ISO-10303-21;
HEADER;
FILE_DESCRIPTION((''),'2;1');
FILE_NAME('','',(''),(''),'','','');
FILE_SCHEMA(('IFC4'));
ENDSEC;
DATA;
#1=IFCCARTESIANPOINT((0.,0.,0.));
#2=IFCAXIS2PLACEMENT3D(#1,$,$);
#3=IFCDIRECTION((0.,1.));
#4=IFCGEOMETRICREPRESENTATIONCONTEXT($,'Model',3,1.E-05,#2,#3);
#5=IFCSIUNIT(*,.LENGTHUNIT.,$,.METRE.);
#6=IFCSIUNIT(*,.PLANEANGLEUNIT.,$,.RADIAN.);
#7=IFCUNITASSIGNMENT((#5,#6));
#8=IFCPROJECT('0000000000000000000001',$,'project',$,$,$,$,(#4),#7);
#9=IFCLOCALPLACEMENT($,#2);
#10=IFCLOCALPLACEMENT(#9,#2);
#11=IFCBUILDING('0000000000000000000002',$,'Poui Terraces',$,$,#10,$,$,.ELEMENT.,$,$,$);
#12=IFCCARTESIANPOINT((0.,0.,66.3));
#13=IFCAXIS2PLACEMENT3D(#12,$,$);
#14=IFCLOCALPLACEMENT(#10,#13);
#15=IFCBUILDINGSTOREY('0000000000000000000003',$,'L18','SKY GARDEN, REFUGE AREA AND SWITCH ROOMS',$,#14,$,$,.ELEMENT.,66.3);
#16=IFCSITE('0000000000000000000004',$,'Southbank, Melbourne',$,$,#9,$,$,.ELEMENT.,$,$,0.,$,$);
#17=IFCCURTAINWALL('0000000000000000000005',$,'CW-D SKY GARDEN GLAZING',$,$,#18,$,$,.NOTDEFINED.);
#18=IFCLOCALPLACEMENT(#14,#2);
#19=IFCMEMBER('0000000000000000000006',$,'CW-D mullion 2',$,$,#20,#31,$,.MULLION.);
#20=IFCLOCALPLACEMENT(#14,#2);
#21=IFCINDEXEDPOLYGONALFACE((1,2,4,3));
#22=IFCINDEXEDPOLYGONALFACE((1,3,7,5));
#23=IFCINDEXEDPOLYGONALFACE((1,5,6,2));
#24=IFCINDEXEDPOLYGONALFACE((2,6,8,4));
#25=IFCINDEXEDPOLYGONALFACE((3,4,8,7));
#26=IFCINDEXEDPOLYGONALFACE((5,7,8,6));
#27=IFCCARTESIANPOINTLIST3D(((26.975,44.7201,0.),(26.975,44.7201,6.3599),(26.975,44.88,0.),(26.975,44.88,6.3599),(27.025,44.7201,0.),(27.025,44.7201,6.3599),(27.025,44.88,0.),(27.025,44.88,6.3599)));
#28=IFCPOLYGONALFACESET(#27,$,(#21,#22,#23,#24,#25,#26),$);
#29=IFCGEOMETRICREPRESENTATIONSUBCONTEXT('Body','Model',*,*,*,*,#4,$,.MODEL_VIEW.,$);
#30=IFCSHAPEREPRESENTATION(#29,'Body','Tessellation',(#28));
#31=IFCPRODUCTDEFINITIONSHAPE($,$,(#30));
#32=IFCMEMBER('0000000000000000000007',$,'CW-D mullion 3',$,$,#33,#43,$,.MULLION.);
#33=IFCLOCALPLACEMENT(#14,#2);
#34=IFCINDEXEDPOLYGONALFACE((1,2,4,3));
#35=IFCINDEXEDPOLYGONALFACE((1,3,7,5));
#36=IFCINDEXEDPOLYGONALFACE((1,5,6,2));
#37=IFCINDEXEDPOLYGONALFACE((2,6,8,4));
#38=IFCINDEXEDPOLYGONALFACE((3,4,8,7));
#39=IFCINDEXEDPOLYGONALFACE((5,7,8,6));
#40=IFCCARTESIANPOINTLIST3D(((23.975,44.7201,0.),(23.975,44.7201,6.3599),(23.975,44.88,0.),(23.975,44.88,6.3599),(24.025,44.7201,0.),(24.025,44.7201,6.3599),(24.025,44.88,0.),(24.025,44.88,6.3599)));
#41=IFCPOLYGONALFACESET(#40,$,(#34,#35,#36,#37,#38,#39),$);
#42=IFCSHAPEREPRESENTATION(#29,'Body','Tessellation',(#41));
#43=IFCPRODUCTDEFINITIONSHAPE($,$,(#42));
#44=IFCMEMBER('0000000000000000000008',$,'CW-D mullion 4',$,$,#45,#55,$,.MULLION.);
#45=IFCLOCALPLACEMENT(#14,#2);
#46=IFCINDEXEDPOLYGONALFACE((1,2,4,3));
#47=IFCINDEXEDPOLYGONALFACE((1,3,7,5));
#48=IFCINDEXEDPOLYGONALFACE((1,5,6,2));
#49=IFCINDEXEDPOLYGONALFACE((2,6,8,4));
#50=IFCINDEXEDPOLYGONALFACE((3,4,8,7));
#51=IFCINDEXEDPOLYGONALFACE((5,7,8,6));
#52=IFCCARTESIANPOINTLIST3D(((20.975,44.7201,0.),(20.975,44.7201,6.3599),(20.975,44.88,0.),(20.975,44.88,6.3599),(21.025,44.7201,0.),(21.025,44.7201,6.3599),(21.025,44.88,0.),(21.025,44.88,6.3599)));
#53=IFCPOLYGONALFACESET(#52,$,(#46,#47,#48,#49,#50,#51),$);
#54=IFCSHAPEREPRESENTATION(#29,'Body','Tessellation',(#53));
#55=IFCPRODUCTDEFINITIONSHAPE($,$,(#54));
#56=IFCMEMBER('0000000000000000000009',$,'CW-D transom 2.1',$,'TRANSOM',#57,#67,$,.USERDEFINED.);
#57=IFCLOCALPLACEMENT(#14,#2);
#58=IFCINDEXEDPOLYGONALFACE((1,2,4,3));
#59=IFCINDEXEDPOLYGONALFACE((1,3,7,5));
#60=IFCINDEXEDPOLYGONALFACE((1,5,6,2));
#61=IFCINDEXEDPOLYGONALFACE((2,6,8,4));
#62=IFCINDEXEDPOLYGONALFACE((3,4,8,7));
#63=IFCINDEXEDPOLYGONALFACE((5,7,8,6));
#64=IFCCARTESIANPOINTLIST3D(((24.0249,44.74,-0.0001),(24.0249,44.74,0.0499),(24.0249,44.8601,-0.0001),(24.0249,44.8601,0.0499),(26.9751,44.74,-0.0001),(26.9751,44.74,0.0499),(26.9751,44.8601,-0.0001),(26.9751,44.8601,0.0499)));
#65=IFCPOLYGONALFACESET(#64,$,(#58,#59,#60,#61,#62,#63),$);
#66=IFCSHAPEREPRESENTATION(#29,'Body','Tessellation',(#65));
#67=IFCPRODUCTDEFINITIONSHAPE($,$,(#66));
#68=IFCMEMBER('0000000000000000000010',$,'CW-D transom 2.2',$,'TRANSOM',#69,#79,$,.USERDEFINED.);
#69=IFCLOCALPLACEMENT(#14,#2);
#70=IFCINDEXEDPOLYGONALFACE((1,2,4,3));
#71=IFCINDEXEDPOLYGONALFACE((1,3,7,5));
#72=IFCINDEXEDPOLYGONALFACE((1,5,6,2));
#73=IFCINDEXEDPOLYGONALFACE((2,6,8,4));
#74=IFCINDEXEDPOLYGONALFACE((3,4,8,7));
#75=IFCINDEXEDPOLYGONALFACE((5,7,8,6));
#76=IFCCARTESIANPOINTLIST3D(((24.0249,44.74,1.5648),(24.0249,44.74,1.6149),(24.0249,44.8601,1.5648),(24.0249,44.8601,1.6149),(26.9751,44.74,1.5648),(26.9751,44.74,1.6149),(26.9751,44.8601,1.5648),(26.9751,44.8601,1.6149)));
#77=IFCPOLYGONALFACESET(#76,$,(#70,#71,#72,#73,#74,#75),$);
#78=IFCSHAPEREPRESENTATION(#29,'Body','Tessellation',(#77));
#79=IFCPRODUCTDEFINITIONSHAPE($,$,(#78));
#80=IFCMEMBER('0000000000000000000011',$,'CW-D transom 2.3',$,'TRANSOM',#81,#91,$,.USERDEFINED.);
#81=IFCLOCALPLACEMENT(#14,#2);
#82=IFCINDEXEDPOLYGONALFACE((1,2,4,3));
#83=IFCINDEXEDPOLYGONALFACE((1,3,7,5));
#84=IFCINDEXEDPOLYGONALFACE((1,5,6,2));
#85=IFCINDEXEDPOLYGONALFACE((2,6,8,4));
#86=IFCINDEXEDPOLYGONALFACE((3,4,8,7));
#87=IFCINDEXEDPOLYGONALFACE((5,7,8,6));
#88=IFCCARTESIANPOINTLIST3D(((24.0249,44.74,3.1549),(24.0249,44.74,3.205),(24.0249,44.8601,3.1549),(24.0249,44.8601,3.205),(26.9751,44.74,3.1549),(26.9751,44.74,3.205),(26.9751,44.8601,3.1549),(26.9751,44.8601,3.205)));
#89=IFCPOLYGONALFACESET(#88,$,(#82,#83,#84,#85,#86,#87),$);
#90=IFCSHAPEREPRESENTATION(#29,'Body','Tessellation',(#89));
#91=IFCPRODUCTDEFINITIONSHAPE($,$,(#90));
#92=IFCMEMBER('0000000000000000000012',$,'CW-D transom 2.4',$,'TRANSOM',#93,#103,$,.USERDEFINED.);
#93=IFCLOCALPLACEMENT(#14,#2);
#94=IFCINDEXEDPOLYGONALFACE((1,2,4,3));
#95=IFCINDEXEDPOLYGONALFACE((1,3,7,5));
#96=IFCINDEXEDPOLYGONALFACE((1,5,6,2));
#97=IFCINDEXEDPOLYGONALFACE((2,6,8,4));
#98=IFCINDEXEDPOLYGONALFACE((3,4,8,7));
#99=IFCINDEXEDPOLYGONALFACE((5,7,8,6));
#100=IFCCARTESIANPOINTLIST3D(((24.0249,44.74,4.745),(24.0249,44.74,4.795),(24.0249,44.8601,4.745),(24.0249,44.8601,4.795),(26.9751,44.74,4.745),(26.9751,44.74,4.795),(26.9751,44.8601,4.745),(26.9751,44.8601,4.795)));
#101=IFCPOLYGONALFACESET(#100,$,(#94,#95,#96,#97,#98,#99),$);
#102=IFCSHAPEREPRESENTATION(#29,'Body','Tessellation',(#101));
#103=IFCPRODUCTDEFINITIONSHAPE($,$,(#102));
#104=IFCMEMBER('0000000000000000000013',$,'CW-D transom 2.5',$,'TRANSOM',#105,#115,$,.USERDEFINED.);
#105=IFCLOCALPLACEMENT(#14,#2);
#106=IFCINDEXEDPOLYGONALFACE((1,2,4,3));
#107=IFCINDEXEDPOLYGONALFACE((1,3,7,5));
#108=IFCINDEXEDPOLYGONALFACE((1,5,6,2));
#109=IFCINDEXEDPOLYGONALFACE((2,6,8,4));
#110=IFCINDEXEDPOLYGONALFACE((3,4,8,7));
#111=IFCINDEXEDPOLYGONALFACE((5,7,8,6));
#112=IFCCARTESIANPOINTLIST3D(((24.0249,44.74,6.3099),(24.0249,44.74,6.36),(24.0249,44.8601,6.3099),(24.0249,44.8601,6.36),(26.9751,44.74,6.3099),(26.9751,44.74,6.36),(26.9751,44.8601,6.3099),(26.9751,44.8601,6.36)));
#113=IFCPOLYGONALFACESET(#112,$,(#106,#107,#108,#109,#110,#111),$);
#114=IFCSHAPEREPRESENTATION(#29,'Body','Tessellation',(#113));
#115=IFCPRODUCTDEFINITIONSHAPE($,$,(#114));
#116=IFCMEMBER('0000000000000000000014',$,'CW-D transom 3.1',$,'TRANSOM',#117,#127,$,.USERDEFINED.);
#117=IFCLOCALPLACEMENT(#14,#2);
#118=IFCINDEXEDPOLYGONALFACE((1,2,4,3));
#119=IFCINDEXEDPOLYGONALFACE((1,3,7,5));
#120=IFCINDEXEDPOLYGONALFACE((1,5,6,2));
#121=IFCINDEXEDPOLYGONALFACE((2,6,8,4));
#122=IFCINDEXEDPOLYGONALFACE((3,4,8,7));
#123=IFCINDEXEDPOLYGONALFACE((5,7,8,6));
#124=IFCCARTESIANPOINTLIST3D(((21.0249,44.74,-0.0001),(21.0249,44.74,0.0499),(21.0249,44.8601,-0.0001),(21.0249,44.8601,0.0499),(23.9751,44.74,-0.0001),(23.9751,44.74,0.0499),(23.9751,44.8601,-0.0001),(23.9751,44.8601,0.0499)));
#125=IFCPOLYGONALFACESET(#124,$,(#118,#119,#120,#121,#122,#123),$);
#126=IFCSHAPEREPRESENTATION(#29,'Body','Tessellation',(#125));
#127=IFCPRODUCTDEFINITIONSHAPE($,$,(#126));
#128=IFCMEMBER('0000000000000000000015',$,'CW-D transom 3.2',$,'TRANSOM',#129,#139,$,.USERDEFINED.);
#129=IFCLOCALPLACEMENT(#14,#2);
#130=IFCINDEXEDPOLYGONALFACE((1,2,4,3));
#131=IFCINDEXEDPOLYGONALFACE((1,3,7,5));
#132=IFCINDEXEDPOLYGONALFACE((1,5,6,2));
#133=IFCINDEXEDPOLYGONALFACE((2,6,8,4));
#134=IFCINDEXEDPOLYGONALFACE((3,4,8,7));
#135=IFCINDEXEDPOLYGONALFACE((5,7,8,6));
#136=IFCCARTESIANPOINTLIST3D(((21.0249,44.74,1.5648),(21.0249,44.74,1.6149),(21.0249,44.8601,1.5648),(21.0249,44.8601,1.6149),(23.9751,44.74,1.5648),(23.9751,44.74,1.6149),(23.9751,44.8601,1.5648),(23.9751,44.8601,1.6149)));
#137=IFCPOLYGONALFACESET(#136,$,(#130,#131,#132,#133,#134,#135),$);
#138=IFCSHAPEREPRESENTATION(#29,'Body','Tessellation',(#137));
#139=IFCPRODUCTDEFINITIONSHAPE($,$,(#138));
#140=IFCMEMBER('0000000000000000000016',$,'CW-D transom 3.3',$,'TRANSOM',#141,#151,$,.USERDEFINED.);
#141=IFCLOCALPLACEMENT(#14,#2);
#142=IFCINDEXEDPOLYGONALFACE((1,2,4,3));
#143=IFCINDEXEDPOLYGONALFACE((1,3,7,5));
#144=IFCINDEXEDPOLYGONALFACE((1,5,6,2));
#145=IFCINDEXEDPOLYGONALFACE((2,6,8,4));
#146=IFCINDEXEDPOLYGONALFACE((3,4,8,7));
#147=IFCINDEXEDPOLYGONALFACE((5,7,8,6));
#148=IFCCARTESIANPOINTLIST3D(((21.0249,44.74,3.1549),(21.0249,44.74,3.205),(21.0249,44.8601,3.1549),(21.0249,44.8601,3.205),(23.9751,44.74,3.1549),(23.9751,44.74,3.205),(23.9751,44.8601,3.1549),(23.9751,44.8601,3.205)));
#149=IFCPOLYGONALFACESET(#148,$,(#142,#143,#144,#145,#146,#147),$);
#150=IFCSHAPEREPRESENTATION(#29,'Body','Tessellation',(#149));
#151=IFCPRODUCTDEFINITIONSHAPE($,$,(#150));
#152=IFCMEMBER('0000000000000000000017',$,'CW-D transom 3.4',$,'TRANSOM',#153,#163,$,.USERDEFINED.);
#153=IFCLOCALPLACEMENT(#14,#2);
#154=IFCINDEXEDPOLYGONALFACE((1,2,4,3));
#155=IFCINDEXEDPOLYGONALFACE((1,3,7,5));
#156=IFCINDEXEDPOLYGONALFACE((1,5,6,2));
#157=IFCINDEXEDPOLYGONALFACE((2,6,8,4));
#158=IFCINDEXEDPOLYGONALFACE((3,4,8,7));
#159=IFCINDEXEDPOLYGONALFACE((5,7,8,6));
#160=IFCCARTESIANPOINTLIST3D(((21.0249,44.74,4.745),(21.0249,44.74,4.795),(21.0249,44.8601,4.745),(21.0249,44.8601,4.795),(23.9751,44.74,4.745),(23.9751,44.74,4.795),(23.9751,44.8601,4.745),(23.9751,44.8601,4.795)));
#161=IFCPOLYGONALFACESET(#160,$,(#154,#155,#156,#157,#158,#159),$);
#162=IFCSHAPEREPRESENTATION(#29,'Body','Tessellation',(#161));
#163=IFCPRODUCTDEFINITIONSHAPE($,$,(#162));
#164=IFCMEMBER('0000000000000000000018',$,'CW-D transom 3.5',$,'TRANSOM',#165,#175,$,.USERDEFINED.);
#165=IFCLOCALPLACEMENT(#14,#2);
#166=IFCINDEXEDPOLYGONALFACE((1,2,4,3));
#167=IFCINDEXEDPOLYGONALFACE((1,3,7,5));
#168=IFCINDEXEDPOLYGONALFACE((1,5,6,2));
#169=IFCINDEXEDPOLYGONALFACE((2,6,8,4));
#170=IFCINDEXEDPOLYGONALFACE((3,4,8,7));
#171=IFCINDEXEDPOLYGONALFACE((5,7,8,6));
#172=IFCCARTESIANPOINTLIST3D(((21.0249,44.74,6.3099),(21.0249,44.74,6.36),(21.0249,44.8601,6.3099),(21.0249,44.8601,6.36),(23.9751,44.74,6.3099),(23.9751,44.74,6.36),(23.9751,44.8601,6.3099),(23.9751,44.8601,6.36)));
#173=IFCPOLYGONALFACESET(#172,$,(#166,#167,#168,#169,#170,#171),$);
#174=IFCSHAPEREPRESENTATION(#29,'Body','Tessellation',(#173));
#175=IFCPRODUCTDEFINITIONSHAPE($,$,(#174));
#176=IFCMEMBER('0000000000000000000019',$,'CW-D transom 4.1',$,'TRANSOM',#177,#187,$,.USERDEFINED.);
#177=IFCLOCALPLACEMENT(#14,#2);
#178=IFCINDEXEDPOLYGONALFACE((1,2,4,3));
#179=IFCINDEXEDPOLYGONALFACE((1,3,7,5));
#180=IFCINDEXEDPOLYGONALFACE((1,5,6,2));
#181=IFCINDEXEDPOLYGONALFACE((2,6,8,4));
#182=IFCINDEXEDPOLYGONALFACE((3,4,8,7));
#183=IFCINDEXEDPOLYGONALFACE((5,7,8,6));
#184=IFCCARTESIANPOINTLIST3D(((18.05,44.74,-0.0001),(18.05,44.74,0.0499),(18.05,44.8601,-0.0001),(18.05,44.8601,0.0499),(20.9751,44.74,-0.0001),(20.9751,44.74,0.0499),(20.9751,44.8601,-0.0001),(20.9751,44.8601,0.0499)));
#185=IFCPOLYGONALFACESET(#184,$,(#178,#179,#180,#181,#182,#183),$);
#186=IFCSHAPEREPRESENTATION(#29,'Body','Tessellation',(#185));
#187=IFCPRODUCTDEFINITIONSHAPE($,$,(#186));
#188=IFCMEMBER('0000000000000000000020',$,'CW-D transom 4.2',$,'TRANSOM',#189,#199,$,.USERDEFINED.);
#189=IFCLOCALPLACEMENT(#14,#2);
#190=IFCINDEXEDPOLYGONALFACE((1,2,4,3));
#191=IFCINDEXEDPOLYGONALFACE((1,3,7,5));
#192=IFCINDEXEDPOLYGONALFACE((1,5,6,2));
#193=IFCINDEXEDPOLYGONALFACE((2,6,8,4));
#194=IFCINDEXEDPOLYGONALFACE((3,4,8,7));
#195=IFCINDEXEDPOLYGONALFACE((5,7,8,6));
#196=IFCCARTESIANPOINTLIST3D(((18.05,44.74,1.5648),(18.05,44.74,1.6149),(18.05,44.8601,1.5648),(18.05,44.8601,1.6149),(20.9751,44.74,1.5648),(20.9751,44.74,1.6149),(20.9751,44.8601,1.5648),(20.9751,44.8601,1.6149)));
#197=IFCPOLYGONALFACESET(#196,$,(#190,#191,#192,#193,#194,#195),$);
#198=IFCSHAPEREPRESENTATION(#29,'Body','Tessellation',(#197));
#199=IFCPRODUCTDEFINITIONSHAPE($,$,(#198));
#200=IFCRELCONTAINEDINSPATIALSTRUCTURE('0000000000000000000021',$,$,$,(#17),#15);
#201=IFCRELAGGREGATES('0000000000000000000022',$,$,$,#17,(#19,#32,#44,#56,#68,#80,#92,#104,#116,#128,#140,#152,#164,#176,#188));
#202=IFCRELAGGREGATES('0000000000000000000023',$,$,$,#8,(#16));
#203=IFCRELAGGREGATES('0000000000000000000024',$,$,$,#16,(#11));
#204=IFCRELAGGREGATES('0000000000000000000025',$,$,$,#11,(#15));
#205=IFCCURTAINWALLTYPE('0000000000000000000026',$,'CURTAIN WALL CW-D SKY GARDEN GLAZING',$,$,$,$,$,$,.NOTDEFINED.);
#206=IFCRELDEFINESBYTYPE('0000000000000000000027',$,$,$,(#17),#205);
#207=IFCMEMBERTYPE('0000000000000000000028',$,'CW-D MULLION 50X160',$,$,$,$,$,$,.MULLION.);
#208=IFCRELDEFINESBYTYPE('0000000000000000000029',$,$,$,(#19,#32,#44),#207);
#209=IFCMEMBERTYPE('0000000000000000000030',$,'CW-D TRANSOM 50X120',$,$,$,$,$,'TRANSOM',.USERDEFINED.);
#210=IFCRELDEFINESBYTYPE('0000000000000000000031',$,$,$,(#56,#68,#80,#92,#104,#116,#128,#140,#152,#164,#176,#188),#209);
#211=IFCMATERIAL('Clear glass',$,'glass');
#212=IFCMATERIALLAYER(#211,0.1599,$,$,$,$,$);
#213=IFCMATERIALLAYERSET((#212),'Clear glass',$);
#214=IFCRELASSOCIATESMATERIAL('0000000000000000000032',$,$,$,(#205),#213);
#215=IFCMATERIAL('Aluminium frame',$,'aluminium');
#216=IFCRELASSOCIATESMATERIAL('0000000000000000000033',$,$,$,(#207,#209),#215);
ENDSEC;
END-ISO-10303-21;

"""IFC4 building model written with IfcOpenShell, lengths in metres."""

from ifc_helpers import new_model, si_unit, direction, frame, origin, origin_2d, place, context, subcontext, project, spatial, rectangle, extrude, material, layer, layer_set, material_profile, profile_set, type_object, element, aggregate, save


model = new_model("IFC4")

# Units and contexts
model_context = context("Model", 3, precision=1e-05, world=origin(), true_north=direction((0.0, 1.0)))
body_context = subcontext(model_context, "Body", "Model", "MODEL_VIEW")
ifc_project = project(units=[si_unit("LENGTHUNIT", "METRE"), si_unit("PLANEANGLEUNIT", "RADIAN")], contexts=[model_context])

# Site, building, storey
site_placement = place(None, origin())
site = spatial("IfcSite", under=ifc_project, at=site_placement, Name="Southbank, Melbourne", CompositionType="ELEMENT", RefElevation=0.0)
building_placement = place(site_placement, origin())
building = spatial("IfcBuilding", under=site, at=building_placement, Name="Poui Terraces", CompositionType="ELEMENT")
storey_placement = place(building_placement, frame((0.0, 0.0, 66.3)))
storey = spatial("IfcBuildingStorey", under=building, at=storey_placement, Name="L18", Description="SKY GARDEN, REFUGE AREA AND SWITCH ROOMS", CompositionType="ELEMENT", Elevation=66.3)

# Curtain wall, members
ifc_material_1 = material(Name="Clear glass", Category="glass")
ifc_layer_1 = layer(ifc_material_1, 0.1599)
ifc_layer_set_1 = layer_set([ifc_layer_1], Name="Clear glass")
curtain_wall_type = type_object("IfcCurtainWallType", Name="CURTAIN WALL CW-D SKY GARDEN GLAZING", PredefinedType="NOTDEFINED", material=ifc_layer_set_1)
curtain_wall_placement = place(storey_placement, origin())
curtain_wall = element("IfcCurtainWall", 1, at=curtain_wall_placement, inside=storey, type_object=curtain_wall_type, Name="CW-D SKY GARDEN GLAZING", PredefinedType="NOTDEFINED")
ifc_material_2 = material(Name="Aluminium frame", Category="aluminium")
ifc_material_profile_1 = material_profile(ifc_material_2, rectangle(XDim=0.1599, YDim=0.05, at=origin_2d()), Name="CW-D MULLION 50X160")
ifc_profile_set_1 = profile_set([ifc_material_profile_1], Name="Aluminium frame")
member_type_1 = type_object("IfcMemberType", Name="CW-D MULLION 50X160", PredefinedType="MULLION", material=ifc_profile_set_1)
member_1_placement = place(storey_placement, frame((27.0, 44.8, 0.0), z_axis=(0.0, 0.0, 1.0), x_axis=(0.0, -1.0, 0.0)))
member_1 = element("IfcMember", 2, at=member_1_placement, type_object=member_type_1, Name="CW-D mullion 2", PredefinedType="MULLION", context=body_context, shape_type="SweptSolid", body=[
    extrude(rectangle(XDim=0.1599, YDim=0.05, at=origin_2d()), origin(), (0.0, 0.0, 1.0), 6.3599),
])
member_2_placement = place(storey_placement, frame((24.0, 44.8, 0.0), z_axis=(0.0, 0.0, 1.0), x_axis=(0.0, -1.0, 0.0)))
member_2 = element("IfcMember", 3, at=member_2_placement, type_object=member_type_1, Name="CW-D mullion 3", PredefinedType="MULLION", context=body_context, shape_type="SweptSolid", body=[
    extrude(rectangle(XDim=0.1599, YDim=0.05, at=origin_2d()), origin(), (0.0, 0.0, 1.0), 6.3599),
])
member_3_placement = place(storey_placement, frame((21.0, 44.8, 0.0), z_axis=(0.0, 0.0, 1.0), x_axis=(0.0, -1.0, 0.0)))
member_3 = element("IfcMember", 4, at=member_3_placement, type_object=member_type_1, Name="CW-D mullion 4", PredefinedType="MULLION", context=body_context, shape_type="SweptSolid", body=[
    extrude(rectangle(XDim=0.1599, YDim=0.05, at=origin_2d()), origin(), (0.0, 0.0, 1.0), 6.3599),
])
ifc_material_profile_2 = material_profile(ifc_material_2, rectangle(XDim=0.1201, YDim=0.05, at=origin_2d()), Name="CW-D TRANSOM 50X120")
ifc_profile_set_2 = profile_set([ifc_material_profile_2], Name="Aluminium frame")
member_type_2 = type_object("IfcMemberType", Name="CW-D TRANSOM 50X120", ElementType="TRANSOM", PredefinedType="USERDEFINED", material=ifc_profile_set_2)
member_4_placement = place(storey_placement, frame((26.9751, 44.8, 0.0249), z_axis=(-1.0, 0.0, 0.0), x_axis=(0.0, -1.0, 0.0)))
member_4 = element("IfcMember", 5, at=member_4_placement, type_object=member_type_2, Name="CW-D transom 2.1", ObjectType="TRANSOM", PredefinedType="USERDEFINED", context=body_context, shape_type="SweptSolid", body=[
    extrude(rectangle(XDim=0.1201, YDim=0.05, at=origin_2d()), origin(), (0.0, 0.0, 1.0), 2.9502),
])
member_5_placement = place(storey_placement, frame((26.9751, 44.8, 1.5898), z_axis=(-1.0, 0.0, 0.0), x_axis=(0.0, -1.0, 0.0)))
member_5 = element("IfcMember", 6, at=member_5_placement, type_object=member_type_2, Name="CW-D transom 2.2", ObjectType="TRANSOM", PredefinedType="USERDEFINED", context=body_context, shape_type="SweptSolid", body=[
    extrude(rectangle(XDim=0.1201, YDim=0.05, at=origin_2d()), origin(), (0.0, 0.0, 1.0), 2.9502),
])
member_6_placement = place(storey_placement, frame((26.9751, 44.8, 3.1799), z_axis=(-1.0, 0.0, 0.0), x_axis=(0.0, -1.0, 0.0)))
member_6 = element("IfcMember", 7, at=member_6_placement, type_object=member_type_2, Name="CW-D transom 2.3", ObjectType="TRANSOM", PredefinedType="USERDEFINED", context=body_context, shape_type="SweptSolid", body=[
    extrude(rectangle(XDim=0.1201, YDim=0.05, at=origin_2d()), origin(), (0.0, 0.0, 1.0), 2.9502),
])
member_7_placement = place(storey_placement, frame((26.9751, 44.8, 4.77), z_axis=(-1.0, 0.0, 0.0), x_axis=(0.0, -1.0, 0.0)))
member_7 = element("IfcMember", 8, at=member_7_placement, type_object=member_type_2, Name="CW-D transom 2.4", ObjectType="TRANSOM", PredefinedType="USERDEFINED", context=body_context, shape_type="SweptSolid", body=[
    extrude(rectangle(XDim=0.1201, YDim=0.05, at=origin_2d()), origin(), (0.0, 0.0, 1.0), 2.9502),
])
member_8_placement = place(storey_placement, frame((26.9751, 44.8, 6.335), z_axis=(-1.0, 0.0, 0.0), x_axis=(0.0, -1.0, 0.0)))
member_8 = element("IfcMember", 9, at=member_8_placement, type_object=member_type_2, Name="CW-D transom 2.5", ObjectType="TRANSOM", PredefinedType="USERDEFINED", context=body_context, shape_type="SweptSolid", body=[
    extrude(rectangle(XDim=0.1201, YDim=0.05, at=origin_2d()), origin(), (0.0, 0.0, 1.0), 2.9502),
])
member_9_placement = place(storey_placement, frame((23.9751, 44.8, 0.0249), z_axis=(-1.0, 0.0, 0.0), x_axis=(0.0, -1.0, 0.0)))
member_9 = element("IfcMember", 10, at=member_9_placement, type_object=member_type_2, Name="CW-D transom 3.1", ObjectType="TRANSOM", PredefinedType="USERDEFINED", context=body_context, shape_type="SweptSolid", body=[
    extrude(rectangle(XDim=0.1201, YDim=0.05, at=origin_2d()), origin(), (0.0, 0.0, 1.0), 2.9502),
])
member_10_placement = place(storey_placement, frame((23.9751, 44.8, 1.5898), z_axis=(-1.0, 0.0, 0.0), x_axis=(0.0, -1.0, 0.0)))
member_10 = element("IfcMember", 11, at=member_10_placement, type_object=member_type_2, Name="CW-D transom 3.2", ObjectType="TRANSOM", PredefinedType="USERDEFINED", context=body_context, shape_type="SweptSolid", body=[
    extrude(rectangle(XDim=0.1201, YDim=0.05, at=origin_2d()), origin(), (0.0, 0.0, 1.0), 2.9502),
])
member_11_placement = place(storey_placement, frame((23.9751, 44.8, 3.1799), z_axis=(-1.0, 0.0, 0.0), x_axis=(0.0, -1.0, 0.0)))
member_11 = element("IfcMember", 12, at=member_11_placement, type_object=member_type_2, Name="CW-D transom 3.3", ObjectType="TRANSOM", PredefinedType="USERDEFINED", context=body_context, shape_type="SweptSolid", body=[
    extrude(rectangle(XDim=0.1201, YDim=0.05, at=origin_2d()), origin(), (0.0, 0.0, 1.0), 2.9502),
])
member_12_placement = place(storey_placement, frame((23.9751, 44.8, 4.77), z_axis=(-1.0, 0.0, 0.0), x_axis=(0.0, -1.0, 0.0)))
member_12 = element("IfcMember", 13, at=member_12_placement, type_object=member_type_2, Name="CW-D transom 3.4", ObjectType="TRANSOM", PredefinedType="USERDEFINED", context=body_context, shape_type="SweptSolid", body=[
    extrude(rectangle(XDim=0.1201, YDim=0.05, at=origin_2d()), origin(), (0.0, 0.0, 1.0), 2.9502),
])
member_13_placement = place(storey_placement, frame((23.9751, 44.8, 6.335), z_axis=(-1.0, 0.0, 0.0), x_axis=(0.0, -1.0, 0.0)))
member_13 = element("IfcMember", 14, at=member_13_placement, type_object=member_type_2, Name="CW-D transom 3.5", ObjectType="TRANSOM", PredefinedType="USERDEFINED", context=body_context, shape_type="SweptSolid", body=[
    extrude(rectangle(XDim=0.1201, YDim=0.05, at=origin_2d()), origin(), (0.0, 0.0, 1.0), 2.9502),
])
member_14_placement = place(storey_placement, frame((20.9751, 44.8, 0.0249), z_axis=(-1.0, 0.0, 0.0), x_axis=(0.0, -1.0, 0.0)))
member_14 = element("IfcMember", 15, at=member_14_placement, type_object=member_type_2, Name="CW-D transom 4.1", ObjectType="TRANSOM", PredefinedType="USERDEFINED", context=body_context, shape_type="SweptSolid", body=[
    extrude(rectangle(XDim=0.1201, YDim=0.05, at=origin_2d()), origin(), (0.0, 0.0, 1.0), 2.925),
])
member_15_placement = place(storey_placement, frame((20.9751, 44.8, 1.5898), z_axis=(-1.0, 0.0, 0.0), x_axis=(0.0, -1.0, 0.0)))
member_15 = element("IfcMember", 16, at=member_15_placement, type_object=member_type_2, Name="CW-D transom 4.2", ObjectType="TRANSOM", PredefinedType="USERDEFINED", context=body_context, shape_type="SweptSolid", body=[
    extrude(rectangle(XDim=0.1201, YDim=0.05, at=origin_2d()), origin(), (0.0, 0.0, 1.0), 2.925),
])

aggregate(curtain_wall, [member_1, member_2, member_3, member_4, member_5, member_6, member_7, member_8, member_9, member_10, member_11, member_12, member_13, member_14, member_15])

save(model, "model.ifc")
